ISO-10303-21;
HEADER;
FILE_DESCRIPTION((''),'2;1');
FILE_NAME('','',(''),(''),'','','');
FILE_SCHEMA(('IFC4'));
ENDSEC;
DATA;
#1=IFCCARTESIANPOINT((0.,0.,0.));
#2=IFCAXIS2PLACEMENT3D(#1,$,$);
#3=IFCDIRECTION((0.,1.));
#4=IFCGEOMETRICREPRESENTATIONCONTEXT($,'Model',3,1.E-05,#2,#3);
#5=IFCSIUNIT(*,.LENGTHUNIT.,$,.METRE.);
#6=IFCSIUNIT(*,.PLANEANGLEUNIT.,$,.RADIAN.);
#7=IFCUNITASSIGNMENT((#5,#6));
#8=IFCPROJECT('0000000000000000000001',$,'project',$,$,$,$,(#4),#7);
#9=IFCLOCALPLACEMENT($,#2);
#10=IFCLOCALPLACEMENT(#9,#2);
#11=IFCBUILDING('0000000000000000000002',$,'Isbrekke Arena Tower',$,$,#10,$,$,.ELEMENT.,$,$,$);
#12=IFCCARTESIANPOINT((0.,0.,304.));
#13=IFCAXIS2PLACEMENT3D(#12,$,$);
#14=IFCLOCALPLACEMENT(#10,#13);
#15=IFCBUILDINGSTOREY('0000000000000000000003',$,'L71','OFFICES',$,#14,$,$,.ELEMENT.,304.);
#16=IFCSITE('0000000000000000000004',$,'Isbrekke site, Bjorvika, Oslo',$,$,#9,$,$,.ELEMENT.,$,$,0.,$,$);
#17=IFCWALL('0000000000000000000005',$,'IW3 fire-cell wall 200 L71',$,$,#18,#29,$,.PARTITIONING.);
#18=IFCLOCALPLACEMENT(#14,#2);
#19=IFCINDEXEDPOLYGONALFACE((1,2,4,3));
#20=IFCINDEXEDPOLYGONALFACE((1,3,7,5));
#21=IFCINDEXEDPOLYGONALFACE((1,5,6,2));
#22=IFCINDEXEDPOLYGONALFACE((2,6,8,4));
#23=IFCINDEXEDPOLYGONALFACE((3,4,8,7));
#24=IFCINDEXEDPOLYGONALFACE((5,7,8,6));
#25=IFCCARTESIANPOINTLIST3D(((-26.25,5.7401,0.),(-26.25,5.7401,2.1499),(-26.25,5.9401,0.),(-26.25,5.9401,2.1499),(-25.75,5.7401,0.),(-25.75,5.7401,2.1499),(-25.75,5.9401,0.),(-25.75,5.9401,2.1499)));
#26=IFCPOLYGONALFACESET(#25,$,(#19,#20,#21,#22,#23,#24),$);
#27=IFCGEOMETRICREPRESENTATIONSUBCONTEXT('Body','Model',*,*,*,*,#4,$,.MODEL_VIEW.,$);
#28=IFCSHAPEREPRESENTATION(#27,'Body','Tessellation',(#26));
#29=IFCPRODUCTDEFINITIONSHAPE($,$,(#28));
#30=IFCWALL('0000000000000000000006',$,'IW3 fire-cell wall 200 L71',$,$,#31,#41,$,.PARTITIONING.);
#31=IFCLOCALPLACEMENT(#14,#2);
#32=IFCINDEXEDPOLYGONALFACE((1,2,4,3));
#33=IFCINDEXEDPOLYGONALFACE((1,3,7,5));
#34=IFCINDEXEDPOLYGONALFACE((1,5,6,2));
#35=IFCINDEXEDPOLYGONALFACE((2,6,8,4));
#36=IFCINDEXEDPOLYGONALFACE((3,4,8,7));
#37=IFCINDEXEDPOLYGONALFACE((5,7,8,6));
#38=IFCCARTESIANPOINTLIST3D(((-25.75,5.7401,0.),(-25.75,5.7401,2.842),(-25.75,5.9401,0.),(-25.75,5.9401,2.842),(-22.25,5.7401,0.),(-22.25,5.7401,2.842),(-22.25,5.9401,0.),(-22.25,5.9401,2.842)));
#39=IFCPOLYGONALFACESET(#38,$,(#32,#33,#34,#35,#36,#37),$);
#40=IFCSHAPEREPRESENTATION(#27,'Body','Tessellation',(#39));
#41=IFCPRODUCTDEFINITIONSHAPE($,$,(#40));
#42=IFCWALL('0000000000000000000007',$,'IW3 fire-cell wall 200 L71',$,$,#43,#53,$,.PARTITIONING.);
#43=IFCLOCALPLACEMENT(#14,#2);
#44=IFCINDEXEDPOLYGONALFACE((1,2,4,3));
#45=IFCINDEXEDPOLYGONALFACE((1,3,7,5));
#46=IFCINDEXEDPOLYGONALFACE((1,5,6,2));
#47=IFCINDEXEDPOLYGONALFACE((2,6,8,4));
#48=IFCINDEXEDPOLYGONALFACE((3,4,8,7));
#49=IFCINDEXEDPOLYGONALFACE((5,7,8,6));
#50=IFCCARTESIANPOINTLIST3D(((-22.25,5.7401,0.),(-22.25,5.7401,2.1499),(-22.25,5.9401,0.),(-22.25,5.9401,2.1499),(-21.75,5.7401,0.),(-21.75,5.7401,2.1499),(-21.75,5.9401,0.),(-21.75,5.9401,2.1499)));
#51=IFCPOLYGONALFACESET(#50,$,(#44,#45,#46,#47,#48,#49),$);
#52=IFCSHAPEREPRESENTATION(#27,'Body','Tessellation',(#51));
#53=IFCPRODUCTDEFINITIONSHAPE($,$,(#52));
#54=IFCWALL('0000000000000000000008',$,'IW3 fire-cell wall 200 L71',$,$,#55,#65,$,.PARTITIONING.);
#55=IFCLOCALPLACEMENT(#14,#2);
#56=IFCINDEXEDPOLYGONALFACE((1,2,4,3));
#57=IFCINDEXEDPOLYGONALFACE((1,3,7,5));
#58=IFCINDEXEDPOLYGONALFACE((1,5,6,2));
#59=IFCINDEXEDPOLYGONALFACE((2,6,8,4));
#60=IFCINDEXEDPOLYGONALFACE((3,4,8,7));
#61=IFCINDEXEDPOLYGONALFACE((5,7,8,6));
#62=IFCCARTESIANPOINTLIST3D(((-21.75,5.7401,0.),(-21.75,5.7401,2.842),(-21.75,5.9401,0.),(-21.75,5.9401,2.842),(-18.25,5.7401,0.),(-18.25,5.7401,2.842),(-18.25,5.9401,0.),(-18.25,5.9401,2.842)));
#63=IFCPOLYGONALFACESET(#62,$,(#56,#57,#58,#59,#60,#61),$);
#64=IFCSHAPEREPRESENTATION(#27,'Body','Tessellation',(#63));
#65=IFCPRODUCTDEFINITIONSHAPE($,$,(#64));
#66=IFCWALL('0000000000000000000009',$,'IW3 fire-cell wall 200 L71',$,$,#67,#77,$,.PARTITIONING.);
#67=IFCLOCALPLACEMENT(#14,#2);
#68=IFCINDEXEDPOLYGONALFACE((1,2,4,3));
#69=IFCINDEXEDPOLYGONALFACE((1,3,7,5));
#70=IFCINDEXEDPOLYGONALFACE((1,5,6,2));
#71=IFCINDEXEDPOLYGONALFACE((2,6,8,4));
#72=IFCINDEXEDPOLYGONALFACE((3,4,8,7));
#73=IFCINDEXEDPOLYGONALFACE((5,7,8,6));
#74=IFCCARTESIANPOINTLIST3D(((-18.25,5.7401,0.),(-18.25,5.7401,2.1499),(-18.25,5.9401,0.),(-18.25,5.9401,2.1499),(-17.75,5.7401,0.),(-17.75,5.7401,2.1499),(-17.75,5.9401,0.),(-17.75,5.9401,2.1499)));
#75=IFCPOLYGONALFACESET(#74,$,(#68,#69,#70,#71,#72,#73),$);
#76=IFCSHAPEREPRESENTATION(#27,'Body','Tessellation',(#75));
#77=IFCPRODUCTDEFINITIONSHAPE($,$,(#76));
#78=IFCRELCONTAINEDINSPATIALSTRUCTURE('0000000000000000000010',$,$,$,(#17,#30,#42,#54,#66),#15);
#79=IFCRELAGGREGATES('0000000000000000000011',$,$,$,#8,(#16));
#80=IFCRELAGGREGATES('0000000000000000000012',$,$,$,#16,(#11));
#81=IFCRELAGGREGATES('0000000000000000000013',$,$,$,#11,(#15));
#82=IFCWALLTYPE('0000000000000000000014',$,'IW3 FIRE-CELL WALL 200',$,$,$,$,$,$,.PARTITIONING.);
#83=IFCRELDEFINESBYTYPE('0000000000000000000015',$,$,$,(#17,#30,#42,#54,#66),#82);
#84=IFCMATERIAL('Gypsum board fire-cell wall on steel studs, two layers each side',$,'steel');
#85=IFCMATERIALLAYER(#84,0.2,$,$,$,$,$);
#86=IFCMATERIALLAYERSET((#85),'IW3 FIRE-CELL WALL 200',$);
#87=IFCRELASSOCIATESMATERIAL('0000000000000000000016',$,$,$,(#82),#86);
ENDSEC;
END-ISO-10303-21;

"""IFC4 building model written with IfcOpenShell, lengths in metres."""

from ifc_helpers import new_model, si_unit, direction, frame, frame_2d, origin, place, context, subcontext, project, spatial, rectangle, extrude, material, layer, layer_set, type_object, element, save


model = new_model("IFC4")

# Units and contexts
model_context = context("Model", 3, precision=1e-05, world=origin(), true_north=direction((0.0, 1.0)))
body_context = subcontext(model_context, "Body", "Model", "MODEL_VIEW")
ifc_project = project(units=[si_unit("LENGTHUNIT", "METRE"), si_unit("PLANEANGLEUNIT", "RADIAN")], contexts=[model_context])

# Site, building, storey
site_placement = place(None, origin())
site = spatial("IfcSite", under=ifc_project, at=site_placement, Name="Isbrekke site, Bjorvika, Oslo", CompositionType="ELEMENT", RefElevation=0.0)
building_placement = place(site_placement, origin())
building = spatial("IfcBuilding", under=site, at=building_placement, Name="Isbrekke Arena Tower", CompositionType="ELEMENT")
storey_placement = place(building_placement, frame((0.0, 0.0, 304.0)))
storey = spatial("IfcBuildingStorey", under=building, at=storey_placement, Name="L71", Description="OFFICES", CompositionType="ELEMENT", Elevation=304.0)

# Walls
ifc_material_1 = material(Name="Gypsum board fire-cell wall on steel studs, two layers each side", Category="steel")
ifc_layer_1 = layer(ifc_material_1, 0.2)
ifc_layer_set_1 = layer_set([ifc_layer_1], Name="IW3 FIRE-CELL WALL 200")
wall_type_1 = type_object("IfcWallType", Name="IW3 FIRE-CELL WALL 200", PredefinedType="PARTITIONING", material=ifc_layer_set_1)
wall_1_placement = place(storey_placement, frame((-26.25, 5.8401, 0.0), z_axis=(0.0, 0.0, 1.0), x_axis=(1.0, 0.0, 0.0)))
element("IfcWall", 1, at=wall_1_placement, inside=storey, type_object=wall_type_1, Name="IW3 fire-cell wall 200 L71", PredefinedType="PARTITIONING", context=body_context, shape_type="SweptSolid", body=[
    extrude(rectangle(XDim=0.5, YDim=0.2, at=frame_2d((0.25, 0.0))), origin(), (0.0, 0.0, 1.0), 2.1499),
])
wall_2_placement = place(storey_placement, frame((-25.75, 5.8401, 0.0), z_axis=(0.0, 0.0, 1.0), x_axis=(1.0, 0.0, 0.0)))
element("IfcWall", 2, at=wall_2_placement, inside=storey, type_object=wall_type_1, Name="IW3 fire-cell wall 200 L71", PredefinedType="PARTITIONING", context=body_context, shape_type="SweptSolid", body=[
    extrude(rectangle(XDim=3.5, YDim=0.2, at=frame_2d((1.75, 0.0))), origin(), (0.0, 0.0, 1.0), 2.842),
])
wall_3_placement = place(storey_placement, frame((-22.25, 5.8401, 0.0), z_axis=(0.0, 0.0, 1.0), x_axis=(1.0, 0.0, 0.0)))
element("IfcWall", 3, at=wall_3_placement, inside=storey, type_object=wall_type_1, Name="IW3 fire-cell wall 200 L71", PredefinedType="PARTITIONING", context=body_context, shape_type="SweptSolid", body=[
    extrude(rectangle(XDim=0.5, YDim=0.2, at=frame_2d((0.25, 0.0))), origin(), (0.0, 0.0, 1.0), 2.1499),
])
wall_4_placement = place(storey_placement, frame((-21.75, 5.8401, 0.0), z_axis=(0.0, 0.0, 1.0), x_axis=(1.0, 0.0, 0.0)))
element("IfcWall", 4, at=wall_4_placement, inside=storey, type_object=wall_type_1, Name="IW3 fire-cell wall 200 L71", PredefinedType="PARTITIONING", context=body_context, shape_type="SweptSolid", body=[
    extrude(rectangle(XDim=3.5, YDim=0.2, at=frame_2d((1.75, 0.0))), origin(), (0.0, 0.0, 1.0), 2.842),
])
wall_5_placement = place(storey_placement, frame((-18.25, 5.8401, 0.0), z_axis=(0.0, 0.0, 1.0), x_axis=(1.0, 0.0, 0.0)))
element("IfcWall", 5, at=wall_5_placement, inside=storey, type_object=wall_type_1, Name="IW3 fire-cell wall 200 L71", PredefinedType="PARTITIONING", context=body_context, shape_type="SweptSolid", body=[
    extrude(rectangle(XDim=0.5, YDim=0.2, at=frame_2d((0.25, 0.0))), origin(), (0.0, 0.0, 1.0), 2.1499),
])

save(model, "model.ifc")
